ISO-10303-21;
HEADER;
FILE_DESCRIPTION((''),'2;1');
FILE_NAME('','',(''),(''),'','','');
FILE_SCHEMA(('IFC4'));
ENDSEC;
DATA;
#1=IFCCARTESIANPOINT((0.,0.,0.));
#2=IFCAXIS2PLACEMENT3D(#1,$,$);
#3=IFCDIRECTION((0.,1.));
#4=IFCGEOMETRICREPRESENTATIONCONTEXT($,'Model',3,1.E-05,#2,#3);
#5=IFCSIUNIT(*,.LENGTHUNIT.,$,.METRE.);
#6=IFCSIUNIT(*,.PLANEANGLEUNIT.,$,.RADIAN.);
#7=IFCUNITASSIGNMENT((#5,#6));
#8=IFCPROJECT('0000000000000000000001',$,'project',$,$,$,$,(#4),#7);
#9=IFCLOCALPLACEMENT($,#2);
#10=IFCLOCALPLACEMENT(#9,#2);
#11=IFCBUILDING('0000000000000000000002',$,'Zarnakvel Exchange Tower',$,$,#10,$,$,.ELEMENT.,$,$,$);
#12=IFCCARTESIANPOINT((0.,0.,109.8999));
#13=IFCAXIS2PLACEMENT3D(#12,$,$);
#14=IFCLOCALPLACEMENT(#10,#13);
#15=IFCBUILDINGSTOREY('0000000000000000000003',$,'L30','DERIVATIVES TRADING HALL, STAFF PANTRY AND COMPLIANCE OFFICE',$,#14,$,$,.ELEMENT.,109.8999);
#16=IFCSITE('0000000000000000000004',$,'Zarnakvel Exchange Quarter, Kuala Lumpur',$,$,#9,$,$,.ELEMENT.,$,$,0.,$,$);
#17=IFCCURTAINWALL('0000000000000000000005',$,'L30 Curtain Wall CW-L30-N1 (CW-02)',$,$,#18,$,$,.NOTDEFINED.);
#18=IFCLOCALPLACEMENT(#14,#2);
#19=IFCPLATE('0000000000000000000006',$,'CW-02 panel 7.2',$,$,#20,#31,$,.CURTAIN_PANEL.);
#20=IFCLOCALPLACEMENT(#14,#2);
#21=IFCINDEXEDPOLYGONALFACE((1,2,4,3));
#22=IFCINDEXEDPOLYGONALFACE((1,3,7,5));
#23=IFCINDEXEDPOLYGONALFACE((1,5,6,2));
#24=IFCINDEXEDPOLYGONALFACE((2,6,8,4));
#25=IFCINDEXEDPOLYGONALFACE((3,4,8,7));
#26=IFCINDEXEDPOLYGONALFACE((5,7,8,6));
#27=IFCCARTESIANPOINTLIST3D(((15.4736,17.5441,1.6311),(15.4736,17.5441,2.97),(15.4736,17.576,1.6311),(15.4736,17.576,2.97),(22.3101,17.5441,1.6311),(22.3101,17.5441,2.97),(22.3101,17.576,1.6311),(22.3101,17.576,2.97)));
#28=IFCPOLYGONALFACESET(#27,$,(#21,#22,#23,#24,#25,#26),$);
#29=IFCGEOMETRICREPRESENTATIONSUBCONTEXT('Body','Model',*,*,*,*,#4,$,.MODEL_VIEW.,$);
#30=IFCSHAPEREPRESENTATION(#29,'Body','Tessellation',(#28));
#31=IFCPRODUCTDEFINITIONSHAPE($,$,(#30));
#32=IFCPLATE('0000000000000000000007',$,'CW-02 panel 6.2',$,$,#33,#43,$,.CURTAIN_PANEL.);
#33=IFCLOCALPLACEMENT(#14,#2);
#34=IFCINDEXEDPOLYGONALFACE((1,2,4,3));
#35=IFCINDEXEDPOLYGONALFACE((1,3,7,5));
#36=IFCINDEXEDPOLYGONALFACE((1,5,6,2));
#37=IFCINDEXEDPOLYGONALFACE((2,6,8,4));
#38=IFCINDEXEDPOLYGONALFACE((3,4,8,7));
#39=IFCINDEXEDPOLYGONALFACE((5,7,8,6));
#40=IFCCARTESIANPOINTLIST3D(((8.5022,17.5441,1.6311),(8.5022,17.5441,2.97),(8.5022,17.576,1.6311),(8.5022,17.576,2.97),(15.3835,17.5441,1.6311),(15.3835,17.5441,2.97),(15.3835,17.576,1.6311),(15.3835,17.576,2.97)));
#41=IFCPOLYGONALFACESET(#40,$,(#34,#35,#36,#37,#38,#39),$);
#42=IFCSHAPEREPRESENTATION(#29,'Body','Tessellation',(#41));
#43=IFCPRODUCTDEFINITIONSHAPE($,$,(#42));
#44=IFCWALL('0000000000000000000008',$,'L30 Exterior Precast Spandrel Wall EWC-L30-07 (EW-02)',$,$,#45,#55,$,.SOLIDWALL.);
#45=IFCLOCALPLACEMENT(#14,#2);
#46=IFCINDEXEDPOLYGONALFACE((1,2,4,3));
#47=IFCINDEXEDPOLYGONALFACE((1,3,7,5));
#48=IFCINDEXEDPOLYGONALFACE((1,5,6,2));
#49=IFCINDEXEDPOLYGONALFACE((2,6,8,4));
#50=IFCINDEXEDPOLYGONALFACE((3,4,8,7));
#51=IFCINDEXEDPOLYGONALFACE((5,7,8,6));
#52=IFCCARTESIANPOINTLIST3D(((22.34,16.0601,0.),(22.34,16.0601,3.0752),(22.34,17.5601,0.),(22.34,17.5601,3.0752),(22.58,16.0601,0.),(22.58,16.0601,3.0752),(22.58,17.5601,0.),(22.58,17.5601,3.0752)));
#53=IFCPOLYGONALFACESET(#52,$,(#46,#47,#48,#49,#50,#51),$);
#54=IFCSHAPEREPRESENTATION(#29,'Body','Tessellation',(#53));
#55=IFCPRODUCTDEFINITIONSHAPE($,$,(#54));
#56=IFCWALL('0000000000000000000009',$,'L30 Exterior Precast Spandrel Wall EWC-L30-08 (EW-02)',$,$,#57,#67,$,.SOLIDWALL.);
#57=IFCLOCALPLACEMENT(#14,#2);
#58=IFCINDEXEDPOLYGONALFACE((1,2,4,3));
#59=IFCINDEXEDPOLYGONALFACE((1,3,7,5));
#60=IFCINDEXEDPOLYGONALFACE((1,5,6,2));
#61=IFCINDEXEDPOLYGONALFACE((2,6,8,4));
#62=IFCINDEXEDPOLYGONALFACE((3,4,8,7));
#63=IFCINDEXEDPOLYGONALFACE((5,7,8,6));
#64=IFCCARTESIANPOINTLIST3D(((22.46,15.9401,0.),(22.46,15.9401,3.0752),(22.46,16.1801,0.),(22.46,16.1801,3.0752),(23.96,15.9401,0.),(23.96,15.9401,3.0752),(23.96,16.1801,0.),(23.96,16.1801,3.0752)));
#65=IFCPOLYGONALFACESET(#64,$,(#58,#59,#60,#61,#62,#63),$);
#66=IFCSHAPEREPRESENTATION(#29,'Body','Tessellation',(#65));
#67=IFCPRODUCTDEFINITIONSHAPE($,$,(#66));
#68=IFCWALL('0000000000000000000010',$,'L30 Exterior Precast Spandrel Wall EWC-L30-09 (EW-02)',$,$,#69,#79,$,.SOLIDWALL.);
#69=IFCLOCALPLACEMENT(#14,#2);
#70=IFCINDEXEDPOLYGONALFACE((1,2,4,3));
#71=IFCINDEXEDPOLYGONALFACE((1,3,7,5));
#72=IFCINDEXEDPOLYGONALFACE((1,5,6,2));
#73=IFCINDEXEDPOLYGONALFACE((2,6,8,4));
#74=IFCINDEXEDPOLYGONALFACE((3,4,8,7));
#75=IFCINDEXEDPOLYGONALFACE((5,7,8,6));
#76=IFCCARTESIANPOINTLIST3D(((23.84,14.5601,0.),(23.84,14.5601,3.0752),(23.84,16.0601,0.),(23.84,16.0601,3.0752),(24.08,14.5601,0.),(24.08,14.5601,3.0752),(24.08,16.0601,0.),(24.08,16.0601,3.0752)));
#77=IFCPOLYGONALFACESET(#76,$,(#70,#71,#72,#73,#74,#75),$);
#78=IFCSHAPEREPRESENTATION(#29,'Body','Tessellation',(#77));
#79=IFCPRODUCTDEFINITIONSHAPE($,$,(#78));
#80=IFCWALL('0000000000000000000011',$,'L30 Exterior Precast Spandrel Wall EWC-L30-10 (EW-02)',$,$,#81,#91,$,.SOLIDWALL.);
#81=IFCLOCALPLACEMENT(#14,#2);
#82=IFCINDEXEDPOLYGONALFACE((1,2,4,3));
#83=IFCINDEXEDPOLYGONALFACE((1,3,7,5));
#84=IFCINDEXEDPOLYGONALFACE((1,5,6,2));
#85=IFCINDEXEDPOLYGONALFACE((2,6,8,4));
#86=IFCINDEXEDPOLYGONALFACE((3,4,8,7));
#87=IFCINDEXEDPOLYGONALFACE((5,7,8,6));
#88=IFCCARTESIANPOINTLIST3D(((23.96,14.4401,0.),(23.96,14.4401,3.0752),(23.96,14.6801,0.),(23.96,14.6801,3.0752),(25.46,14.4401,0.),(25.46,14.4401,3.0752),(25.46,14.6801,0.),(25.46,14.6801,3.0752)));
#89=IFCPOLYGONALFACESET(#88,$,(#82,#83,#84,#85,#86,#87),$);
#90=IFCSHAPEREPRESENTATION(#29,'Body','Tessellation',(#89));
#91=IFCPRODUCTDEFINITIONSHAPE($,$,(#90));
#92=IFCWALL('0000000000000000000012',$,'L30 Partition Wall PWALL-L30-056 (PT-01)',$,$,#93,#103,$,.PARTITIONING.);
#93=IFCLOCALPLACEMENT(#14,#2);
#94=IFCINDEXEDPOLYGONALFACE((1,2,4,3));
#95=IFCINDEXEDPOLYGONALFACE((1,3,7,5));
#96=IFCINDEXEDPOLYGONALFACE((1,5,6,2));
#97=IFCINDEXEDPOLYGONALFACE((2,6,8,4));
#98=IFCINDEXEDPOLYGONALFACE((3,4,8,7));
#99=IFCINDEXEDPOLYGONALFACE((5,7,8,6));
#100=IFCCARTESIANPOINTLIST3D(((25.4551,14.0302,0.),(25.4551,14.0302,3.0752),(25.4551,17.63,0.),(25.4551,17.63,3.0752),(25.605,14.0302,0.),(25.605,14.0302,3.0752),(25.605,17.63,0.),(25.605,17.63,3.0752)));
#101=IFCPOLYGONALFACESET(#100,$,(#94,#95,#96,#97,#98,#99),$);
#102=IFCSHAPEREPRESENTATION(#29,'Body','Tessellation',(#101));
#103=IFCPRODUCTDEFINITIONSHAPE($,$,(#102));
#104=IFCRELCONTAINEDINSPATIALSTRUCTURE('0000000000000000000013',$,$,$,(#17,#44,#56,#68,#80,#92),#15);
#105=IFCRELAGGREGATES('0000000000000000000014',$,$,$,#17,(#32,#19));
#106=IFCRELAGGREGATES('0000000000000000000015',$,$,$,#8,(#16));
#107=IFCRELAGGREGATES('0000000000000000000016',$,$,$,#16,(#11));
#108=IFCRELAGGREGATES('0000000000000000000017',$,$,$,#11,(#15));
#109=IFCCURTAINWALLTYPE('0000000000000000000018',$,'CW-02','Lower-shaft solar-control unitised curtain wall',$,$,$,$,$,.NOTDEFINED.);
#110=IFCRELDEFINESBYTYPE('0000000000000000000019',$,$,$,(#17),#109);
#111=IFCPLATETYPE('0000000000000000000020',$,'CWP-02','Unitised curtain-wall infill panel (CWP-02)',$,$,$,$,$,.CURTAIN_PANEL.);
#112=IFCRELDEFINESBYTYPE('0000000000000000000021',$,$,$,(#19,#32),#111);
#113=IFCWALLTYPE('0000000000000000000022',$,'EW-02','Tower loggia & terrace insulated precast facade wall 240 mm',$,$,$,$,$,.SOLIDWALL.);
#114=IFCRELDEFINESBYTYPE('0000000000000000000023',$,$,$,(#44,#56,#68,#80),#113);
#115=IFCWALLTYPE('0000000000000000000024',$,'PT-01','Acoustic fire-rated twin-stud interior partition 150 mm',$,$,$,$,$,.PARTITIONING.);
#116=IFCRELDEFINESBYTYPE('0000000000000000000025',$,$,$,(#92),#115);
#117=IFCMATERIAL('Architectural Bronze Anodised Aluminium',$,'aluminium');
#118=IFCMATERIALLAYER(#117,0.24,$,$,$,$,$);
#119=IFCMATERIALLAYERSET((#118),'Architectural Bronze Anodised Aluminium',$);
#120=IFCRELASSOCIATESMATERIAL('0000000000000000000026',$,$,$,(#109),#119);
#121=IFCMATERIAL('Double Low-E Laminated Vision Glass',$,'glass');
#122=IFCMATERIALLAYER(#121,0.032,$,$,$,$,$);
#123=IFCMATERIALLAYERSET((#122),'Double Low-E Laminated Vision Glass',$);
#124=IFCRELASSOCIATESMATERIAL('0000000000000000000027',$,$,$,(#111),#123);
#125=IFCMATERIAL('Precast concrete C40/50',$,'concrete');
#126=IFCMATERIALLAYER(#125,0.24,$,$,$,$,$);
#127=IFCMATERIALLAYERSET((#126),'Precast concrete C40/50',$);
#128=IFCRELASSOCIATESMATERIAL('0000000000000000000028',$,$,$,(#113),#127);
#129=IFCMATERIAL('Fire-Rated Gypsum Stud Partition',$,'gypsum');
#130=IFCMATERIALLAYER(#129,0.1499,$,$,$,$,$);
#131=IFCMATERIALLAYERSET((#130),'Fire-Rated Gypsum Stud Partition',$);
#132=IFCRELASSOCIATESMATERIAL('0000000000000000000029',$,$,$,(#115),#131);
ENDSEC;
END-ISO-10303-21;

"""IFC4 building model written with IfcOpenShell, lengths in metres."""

from ifc_helpers import new_model, si_unit, direction, frame, frame_2d, origin, origin_2d, place, context, subcontext, project, spatial, rectangle, extrude, source, transform, mapped, material, layer, layer_set, type_object, element, aggregate, save


model = new_model("IFC4")

# Units and contexts
model_context = context("Model", 3, precision=1e-05, world=origin(), true_north=direction((0.0, 1.0)))
body_context = subcontext(model_context, "Body", "Model", "MODEL_VIEW")
ifc_project = project(units=[si_unit("LENGTHUNIT", "METRE"), si_unit("PLANEANGLEUNIT", "RADIAN")], contexts=[model_context])

# Site, building, storey
site_placement = place(None, origin())
site = spatial("IfcSite", under=ifc_project, at=site_placement, Name="Zarnakvel Exchange Quarter, Kuala Lumpur", CompositionType="ELEMENT", RefElevation=0.0)
building_placement = place(site_placement, origin())
building = spatial("IfcBuilding", under=site, at=building_placement, Name="Zarnakvel Exchange Tower", CompositionType="ELEMENT")
storey_placement = place(building_placement, frame((0.0, 0.0, 109.8999)))
storey = spatial("IfcBuildingStorey", under=building, at=storey_placement, Name="L30", Description="DERIVATIVES TRADING HALL, STAFF PANTRY AND COMPLIANCE OFFICE", CompositionType="ELEMENT", Elevation=109.8999)

# Curtain wall
ifc_material_1 = material(Name="Architectural Bronze Anodised Aluminium", Category="aluminium")
ifc_layer_1 = layer(ifc_material_1, 0.24)
ifc_layer_set_1 = layer_set([ifc_layer_1], Name="Architectural Bronze Anodised Aluminium")
curtain_wall_type_1 = type_object("IfcCurtainWallType", Name="CW-02", Description="Lower-shaft solar-control unitised curtain wall", PredefinedType="NOTDEFINED", material=ifc_layer_set_1)
curtain_wall_1_placement = place(storey_placement, origin())
curtain_wall_1 = element("IfcCurtainWall", 1, at=curtain_wall_1_placement, inside=storey, type_object=curtain_wall_type_1, Name="L30 Curtain Wall CW-L30-N1 (CW-02)", PredefinedType="NOTDEFINED")

# Plates
ifc_material_2 = material(Name="Double Low-E Laminated Vision Glass", Category="glass")
ifc_layer_2 = layer(ifc_material_2, 0.032)
ifc_layer_set_2 = layer_set([ifc_layer_2], Name="Double Low-E Laminated Vision Glass")
plate_type = type_object("IfcPlateType", Name="CWP-02", Description="Unitised curtain-wall infill panel (CWP-02)", PredefinedType="CURTAIN_PANEL", material=ifc_layer_set_2)
shared_shape_1 = source(origin(), body_context, "Body", "SweptSolid", [
    extrude(rectangle(XDim=6.8364, YDim=0.032, at=origin_2d()), origin(), (0.0, 0.0, 1.0), 1.3389),
])
plate_1_placement = place(storey_placement, frame((18.8918, 17.5601, 1.6311), z_axis=(0.0, 0.0, 1.0), x_axis=(1.0, 0.0, 0.0)))
plate_1 = element("IfcPlate", 2, at=plate_1_placement, type_object=plate_type, Name="CW-02 panel 7.2", PredefinedType="CURTAIN_PANEL", context=body_context, shape_type="MappedRepresentation", body=[
    mapped(shared_shape_1, transform((0.0, 0.0, 0.0), x_axis=(1.0, 0.0, 0.0), y_axis=(0.0, 1.0, 0.0), z_axis=(0.0, 0.0, 1.0), scale=1.0)),
])
shared_shape_2 = source(origin(), body_context, "Body", "SweptSolid", [
    extrude(rectangle(XDim=6.8813, YDim=0.032, at=origin_2d()), origin(), (0.0, 0.0, 1.0), 1.3389),
])
plate_2_placement = place(storey_placement, frame((11.9429, 17.5601, 1.6311), z_axis=(0.0, 0.0, 1.0), x_axis=(1.0, 0.0, 0.0)))
plate_2 = element("IfcPlate", 3, at=plate_2_placement, type_object=plate_type, Name="CW-02 panel 6.2", PredefinedType="CURTAIN_PANEL", context=body_context, shape_type="MappedRepresentation", body=[
    mapped(shared_shape_2, transform((0.0, 0.0, 0.0), x_axis=(1.0, 0.0, 0.0), y_axis=(0.0, 1.0, 0.0), z_axis=(0.0, 0.0, 1.0), scale=1.0)),
])
aggregate(curtain_wall_1, [plate_2, plate_1])

# Walls
ifc_material_3 = material(Name="Precast concrete C40/50", Category="concrete")
ifc_layer_3 = layer(ifc_material_3, 0.24)
ifc_layer_set_3 = layer_set([ifc_layer_3], Name="Precast concrete C40/50")
wall_type_1 = type_object("IfcWallType", Name="EW-02", Description="Tower loggia & terrace insulated precast facade wall 240 mm", PredefinedType="SOLIDWALL", material=ifc_layer_set_3)
for number, where, z_axis, x_axis, name in (
    (4, (22.46, 16.0601, 0.0), (0.0, 0.0, 1.0), (0.0, 1.0, 0.0), "L30 Exterior Precast Spandrel Wall EWC-L30-07 (EW-02)"),
    (5, (23.96, 16.0601, 0.0), (0.0, 0.0, 1.0), (-1.0, 0.0, 0.0), "L30 Exterior Precast Spandrel Wall EWC-L30-08 (EW-02)"),
    (6, (23.96, 14.5601, 0.0), (0.0, 0.0, 1.0), (0.0, 1.0, 0.0), "L30 Exterior Precast Spandrel Wall EWC-L30-09 (EW-02)"),
    (7, (25.46, 14.5601, 0.0), (0.0, 0.0, 1.0), (-1.0, 0.0, 0.0), "L30 Exterior Precast Spandrel Wall EWC-L30-10 (EW-02)"),
):
    element("IfcWall", number, at=place(storey_placement, frame(where, z_axis=z_axis, x_axis=x_axis)), inside=storey, type_object=wall_type_1, Name=name, PredefinedType="SOLIDWALL", context=body_context, shape_type="SweptSolid", body=[
        extrude(rectangle(XDim=1.5, YDim=0.24, at=frame_2d((0.75, 0.0))), origin(), (0.0, 0.0, 1.0), 3.0752),
    ])

# Shared definitions
ifc_material_4 = material(Name="Fire-Rated Gypsum Stud Partition", Category="gypsum")
ifc_layer_4 = layer(ifc_material_4, 0.1499)
ifc_layer_set_4 = layer_set([ifc_layer_4], Name="Fire-Rated Gypsum Stud Partition")
wall_type_2 = type_object("IfcWallType", Name="PT-01", Description="Acoustic fire-rated twin-stud interior partition 150 mm", PredefinedType="PARTITIONING", material=ifc_layer_set_4)

# Wall
wall_1_placement = place(storey_placement, frame((25.53, 17.6299, 0.0), z_axis=(0.0, 0.0, 1.0), x_axis=(0.0, -1.0, 0.0)))
element("IfcWall", 8, at=wall_1_placement, inside=storey, type_object=wall_type_2, Name="L30 Partition Wall PWALL-L30-056 (PT-01)", PredefinedType="PARTITIONING", context=body_context, shape_type="SweptSolid", body=[
    extrude(rectangle(XDim=3.5999, YDim=0.1499, at=frame_2d((1.7998, 0.0))), origin(), (0.0, 0.0, 1.0), 3.0752),
])

save(model, "model.ifc")
